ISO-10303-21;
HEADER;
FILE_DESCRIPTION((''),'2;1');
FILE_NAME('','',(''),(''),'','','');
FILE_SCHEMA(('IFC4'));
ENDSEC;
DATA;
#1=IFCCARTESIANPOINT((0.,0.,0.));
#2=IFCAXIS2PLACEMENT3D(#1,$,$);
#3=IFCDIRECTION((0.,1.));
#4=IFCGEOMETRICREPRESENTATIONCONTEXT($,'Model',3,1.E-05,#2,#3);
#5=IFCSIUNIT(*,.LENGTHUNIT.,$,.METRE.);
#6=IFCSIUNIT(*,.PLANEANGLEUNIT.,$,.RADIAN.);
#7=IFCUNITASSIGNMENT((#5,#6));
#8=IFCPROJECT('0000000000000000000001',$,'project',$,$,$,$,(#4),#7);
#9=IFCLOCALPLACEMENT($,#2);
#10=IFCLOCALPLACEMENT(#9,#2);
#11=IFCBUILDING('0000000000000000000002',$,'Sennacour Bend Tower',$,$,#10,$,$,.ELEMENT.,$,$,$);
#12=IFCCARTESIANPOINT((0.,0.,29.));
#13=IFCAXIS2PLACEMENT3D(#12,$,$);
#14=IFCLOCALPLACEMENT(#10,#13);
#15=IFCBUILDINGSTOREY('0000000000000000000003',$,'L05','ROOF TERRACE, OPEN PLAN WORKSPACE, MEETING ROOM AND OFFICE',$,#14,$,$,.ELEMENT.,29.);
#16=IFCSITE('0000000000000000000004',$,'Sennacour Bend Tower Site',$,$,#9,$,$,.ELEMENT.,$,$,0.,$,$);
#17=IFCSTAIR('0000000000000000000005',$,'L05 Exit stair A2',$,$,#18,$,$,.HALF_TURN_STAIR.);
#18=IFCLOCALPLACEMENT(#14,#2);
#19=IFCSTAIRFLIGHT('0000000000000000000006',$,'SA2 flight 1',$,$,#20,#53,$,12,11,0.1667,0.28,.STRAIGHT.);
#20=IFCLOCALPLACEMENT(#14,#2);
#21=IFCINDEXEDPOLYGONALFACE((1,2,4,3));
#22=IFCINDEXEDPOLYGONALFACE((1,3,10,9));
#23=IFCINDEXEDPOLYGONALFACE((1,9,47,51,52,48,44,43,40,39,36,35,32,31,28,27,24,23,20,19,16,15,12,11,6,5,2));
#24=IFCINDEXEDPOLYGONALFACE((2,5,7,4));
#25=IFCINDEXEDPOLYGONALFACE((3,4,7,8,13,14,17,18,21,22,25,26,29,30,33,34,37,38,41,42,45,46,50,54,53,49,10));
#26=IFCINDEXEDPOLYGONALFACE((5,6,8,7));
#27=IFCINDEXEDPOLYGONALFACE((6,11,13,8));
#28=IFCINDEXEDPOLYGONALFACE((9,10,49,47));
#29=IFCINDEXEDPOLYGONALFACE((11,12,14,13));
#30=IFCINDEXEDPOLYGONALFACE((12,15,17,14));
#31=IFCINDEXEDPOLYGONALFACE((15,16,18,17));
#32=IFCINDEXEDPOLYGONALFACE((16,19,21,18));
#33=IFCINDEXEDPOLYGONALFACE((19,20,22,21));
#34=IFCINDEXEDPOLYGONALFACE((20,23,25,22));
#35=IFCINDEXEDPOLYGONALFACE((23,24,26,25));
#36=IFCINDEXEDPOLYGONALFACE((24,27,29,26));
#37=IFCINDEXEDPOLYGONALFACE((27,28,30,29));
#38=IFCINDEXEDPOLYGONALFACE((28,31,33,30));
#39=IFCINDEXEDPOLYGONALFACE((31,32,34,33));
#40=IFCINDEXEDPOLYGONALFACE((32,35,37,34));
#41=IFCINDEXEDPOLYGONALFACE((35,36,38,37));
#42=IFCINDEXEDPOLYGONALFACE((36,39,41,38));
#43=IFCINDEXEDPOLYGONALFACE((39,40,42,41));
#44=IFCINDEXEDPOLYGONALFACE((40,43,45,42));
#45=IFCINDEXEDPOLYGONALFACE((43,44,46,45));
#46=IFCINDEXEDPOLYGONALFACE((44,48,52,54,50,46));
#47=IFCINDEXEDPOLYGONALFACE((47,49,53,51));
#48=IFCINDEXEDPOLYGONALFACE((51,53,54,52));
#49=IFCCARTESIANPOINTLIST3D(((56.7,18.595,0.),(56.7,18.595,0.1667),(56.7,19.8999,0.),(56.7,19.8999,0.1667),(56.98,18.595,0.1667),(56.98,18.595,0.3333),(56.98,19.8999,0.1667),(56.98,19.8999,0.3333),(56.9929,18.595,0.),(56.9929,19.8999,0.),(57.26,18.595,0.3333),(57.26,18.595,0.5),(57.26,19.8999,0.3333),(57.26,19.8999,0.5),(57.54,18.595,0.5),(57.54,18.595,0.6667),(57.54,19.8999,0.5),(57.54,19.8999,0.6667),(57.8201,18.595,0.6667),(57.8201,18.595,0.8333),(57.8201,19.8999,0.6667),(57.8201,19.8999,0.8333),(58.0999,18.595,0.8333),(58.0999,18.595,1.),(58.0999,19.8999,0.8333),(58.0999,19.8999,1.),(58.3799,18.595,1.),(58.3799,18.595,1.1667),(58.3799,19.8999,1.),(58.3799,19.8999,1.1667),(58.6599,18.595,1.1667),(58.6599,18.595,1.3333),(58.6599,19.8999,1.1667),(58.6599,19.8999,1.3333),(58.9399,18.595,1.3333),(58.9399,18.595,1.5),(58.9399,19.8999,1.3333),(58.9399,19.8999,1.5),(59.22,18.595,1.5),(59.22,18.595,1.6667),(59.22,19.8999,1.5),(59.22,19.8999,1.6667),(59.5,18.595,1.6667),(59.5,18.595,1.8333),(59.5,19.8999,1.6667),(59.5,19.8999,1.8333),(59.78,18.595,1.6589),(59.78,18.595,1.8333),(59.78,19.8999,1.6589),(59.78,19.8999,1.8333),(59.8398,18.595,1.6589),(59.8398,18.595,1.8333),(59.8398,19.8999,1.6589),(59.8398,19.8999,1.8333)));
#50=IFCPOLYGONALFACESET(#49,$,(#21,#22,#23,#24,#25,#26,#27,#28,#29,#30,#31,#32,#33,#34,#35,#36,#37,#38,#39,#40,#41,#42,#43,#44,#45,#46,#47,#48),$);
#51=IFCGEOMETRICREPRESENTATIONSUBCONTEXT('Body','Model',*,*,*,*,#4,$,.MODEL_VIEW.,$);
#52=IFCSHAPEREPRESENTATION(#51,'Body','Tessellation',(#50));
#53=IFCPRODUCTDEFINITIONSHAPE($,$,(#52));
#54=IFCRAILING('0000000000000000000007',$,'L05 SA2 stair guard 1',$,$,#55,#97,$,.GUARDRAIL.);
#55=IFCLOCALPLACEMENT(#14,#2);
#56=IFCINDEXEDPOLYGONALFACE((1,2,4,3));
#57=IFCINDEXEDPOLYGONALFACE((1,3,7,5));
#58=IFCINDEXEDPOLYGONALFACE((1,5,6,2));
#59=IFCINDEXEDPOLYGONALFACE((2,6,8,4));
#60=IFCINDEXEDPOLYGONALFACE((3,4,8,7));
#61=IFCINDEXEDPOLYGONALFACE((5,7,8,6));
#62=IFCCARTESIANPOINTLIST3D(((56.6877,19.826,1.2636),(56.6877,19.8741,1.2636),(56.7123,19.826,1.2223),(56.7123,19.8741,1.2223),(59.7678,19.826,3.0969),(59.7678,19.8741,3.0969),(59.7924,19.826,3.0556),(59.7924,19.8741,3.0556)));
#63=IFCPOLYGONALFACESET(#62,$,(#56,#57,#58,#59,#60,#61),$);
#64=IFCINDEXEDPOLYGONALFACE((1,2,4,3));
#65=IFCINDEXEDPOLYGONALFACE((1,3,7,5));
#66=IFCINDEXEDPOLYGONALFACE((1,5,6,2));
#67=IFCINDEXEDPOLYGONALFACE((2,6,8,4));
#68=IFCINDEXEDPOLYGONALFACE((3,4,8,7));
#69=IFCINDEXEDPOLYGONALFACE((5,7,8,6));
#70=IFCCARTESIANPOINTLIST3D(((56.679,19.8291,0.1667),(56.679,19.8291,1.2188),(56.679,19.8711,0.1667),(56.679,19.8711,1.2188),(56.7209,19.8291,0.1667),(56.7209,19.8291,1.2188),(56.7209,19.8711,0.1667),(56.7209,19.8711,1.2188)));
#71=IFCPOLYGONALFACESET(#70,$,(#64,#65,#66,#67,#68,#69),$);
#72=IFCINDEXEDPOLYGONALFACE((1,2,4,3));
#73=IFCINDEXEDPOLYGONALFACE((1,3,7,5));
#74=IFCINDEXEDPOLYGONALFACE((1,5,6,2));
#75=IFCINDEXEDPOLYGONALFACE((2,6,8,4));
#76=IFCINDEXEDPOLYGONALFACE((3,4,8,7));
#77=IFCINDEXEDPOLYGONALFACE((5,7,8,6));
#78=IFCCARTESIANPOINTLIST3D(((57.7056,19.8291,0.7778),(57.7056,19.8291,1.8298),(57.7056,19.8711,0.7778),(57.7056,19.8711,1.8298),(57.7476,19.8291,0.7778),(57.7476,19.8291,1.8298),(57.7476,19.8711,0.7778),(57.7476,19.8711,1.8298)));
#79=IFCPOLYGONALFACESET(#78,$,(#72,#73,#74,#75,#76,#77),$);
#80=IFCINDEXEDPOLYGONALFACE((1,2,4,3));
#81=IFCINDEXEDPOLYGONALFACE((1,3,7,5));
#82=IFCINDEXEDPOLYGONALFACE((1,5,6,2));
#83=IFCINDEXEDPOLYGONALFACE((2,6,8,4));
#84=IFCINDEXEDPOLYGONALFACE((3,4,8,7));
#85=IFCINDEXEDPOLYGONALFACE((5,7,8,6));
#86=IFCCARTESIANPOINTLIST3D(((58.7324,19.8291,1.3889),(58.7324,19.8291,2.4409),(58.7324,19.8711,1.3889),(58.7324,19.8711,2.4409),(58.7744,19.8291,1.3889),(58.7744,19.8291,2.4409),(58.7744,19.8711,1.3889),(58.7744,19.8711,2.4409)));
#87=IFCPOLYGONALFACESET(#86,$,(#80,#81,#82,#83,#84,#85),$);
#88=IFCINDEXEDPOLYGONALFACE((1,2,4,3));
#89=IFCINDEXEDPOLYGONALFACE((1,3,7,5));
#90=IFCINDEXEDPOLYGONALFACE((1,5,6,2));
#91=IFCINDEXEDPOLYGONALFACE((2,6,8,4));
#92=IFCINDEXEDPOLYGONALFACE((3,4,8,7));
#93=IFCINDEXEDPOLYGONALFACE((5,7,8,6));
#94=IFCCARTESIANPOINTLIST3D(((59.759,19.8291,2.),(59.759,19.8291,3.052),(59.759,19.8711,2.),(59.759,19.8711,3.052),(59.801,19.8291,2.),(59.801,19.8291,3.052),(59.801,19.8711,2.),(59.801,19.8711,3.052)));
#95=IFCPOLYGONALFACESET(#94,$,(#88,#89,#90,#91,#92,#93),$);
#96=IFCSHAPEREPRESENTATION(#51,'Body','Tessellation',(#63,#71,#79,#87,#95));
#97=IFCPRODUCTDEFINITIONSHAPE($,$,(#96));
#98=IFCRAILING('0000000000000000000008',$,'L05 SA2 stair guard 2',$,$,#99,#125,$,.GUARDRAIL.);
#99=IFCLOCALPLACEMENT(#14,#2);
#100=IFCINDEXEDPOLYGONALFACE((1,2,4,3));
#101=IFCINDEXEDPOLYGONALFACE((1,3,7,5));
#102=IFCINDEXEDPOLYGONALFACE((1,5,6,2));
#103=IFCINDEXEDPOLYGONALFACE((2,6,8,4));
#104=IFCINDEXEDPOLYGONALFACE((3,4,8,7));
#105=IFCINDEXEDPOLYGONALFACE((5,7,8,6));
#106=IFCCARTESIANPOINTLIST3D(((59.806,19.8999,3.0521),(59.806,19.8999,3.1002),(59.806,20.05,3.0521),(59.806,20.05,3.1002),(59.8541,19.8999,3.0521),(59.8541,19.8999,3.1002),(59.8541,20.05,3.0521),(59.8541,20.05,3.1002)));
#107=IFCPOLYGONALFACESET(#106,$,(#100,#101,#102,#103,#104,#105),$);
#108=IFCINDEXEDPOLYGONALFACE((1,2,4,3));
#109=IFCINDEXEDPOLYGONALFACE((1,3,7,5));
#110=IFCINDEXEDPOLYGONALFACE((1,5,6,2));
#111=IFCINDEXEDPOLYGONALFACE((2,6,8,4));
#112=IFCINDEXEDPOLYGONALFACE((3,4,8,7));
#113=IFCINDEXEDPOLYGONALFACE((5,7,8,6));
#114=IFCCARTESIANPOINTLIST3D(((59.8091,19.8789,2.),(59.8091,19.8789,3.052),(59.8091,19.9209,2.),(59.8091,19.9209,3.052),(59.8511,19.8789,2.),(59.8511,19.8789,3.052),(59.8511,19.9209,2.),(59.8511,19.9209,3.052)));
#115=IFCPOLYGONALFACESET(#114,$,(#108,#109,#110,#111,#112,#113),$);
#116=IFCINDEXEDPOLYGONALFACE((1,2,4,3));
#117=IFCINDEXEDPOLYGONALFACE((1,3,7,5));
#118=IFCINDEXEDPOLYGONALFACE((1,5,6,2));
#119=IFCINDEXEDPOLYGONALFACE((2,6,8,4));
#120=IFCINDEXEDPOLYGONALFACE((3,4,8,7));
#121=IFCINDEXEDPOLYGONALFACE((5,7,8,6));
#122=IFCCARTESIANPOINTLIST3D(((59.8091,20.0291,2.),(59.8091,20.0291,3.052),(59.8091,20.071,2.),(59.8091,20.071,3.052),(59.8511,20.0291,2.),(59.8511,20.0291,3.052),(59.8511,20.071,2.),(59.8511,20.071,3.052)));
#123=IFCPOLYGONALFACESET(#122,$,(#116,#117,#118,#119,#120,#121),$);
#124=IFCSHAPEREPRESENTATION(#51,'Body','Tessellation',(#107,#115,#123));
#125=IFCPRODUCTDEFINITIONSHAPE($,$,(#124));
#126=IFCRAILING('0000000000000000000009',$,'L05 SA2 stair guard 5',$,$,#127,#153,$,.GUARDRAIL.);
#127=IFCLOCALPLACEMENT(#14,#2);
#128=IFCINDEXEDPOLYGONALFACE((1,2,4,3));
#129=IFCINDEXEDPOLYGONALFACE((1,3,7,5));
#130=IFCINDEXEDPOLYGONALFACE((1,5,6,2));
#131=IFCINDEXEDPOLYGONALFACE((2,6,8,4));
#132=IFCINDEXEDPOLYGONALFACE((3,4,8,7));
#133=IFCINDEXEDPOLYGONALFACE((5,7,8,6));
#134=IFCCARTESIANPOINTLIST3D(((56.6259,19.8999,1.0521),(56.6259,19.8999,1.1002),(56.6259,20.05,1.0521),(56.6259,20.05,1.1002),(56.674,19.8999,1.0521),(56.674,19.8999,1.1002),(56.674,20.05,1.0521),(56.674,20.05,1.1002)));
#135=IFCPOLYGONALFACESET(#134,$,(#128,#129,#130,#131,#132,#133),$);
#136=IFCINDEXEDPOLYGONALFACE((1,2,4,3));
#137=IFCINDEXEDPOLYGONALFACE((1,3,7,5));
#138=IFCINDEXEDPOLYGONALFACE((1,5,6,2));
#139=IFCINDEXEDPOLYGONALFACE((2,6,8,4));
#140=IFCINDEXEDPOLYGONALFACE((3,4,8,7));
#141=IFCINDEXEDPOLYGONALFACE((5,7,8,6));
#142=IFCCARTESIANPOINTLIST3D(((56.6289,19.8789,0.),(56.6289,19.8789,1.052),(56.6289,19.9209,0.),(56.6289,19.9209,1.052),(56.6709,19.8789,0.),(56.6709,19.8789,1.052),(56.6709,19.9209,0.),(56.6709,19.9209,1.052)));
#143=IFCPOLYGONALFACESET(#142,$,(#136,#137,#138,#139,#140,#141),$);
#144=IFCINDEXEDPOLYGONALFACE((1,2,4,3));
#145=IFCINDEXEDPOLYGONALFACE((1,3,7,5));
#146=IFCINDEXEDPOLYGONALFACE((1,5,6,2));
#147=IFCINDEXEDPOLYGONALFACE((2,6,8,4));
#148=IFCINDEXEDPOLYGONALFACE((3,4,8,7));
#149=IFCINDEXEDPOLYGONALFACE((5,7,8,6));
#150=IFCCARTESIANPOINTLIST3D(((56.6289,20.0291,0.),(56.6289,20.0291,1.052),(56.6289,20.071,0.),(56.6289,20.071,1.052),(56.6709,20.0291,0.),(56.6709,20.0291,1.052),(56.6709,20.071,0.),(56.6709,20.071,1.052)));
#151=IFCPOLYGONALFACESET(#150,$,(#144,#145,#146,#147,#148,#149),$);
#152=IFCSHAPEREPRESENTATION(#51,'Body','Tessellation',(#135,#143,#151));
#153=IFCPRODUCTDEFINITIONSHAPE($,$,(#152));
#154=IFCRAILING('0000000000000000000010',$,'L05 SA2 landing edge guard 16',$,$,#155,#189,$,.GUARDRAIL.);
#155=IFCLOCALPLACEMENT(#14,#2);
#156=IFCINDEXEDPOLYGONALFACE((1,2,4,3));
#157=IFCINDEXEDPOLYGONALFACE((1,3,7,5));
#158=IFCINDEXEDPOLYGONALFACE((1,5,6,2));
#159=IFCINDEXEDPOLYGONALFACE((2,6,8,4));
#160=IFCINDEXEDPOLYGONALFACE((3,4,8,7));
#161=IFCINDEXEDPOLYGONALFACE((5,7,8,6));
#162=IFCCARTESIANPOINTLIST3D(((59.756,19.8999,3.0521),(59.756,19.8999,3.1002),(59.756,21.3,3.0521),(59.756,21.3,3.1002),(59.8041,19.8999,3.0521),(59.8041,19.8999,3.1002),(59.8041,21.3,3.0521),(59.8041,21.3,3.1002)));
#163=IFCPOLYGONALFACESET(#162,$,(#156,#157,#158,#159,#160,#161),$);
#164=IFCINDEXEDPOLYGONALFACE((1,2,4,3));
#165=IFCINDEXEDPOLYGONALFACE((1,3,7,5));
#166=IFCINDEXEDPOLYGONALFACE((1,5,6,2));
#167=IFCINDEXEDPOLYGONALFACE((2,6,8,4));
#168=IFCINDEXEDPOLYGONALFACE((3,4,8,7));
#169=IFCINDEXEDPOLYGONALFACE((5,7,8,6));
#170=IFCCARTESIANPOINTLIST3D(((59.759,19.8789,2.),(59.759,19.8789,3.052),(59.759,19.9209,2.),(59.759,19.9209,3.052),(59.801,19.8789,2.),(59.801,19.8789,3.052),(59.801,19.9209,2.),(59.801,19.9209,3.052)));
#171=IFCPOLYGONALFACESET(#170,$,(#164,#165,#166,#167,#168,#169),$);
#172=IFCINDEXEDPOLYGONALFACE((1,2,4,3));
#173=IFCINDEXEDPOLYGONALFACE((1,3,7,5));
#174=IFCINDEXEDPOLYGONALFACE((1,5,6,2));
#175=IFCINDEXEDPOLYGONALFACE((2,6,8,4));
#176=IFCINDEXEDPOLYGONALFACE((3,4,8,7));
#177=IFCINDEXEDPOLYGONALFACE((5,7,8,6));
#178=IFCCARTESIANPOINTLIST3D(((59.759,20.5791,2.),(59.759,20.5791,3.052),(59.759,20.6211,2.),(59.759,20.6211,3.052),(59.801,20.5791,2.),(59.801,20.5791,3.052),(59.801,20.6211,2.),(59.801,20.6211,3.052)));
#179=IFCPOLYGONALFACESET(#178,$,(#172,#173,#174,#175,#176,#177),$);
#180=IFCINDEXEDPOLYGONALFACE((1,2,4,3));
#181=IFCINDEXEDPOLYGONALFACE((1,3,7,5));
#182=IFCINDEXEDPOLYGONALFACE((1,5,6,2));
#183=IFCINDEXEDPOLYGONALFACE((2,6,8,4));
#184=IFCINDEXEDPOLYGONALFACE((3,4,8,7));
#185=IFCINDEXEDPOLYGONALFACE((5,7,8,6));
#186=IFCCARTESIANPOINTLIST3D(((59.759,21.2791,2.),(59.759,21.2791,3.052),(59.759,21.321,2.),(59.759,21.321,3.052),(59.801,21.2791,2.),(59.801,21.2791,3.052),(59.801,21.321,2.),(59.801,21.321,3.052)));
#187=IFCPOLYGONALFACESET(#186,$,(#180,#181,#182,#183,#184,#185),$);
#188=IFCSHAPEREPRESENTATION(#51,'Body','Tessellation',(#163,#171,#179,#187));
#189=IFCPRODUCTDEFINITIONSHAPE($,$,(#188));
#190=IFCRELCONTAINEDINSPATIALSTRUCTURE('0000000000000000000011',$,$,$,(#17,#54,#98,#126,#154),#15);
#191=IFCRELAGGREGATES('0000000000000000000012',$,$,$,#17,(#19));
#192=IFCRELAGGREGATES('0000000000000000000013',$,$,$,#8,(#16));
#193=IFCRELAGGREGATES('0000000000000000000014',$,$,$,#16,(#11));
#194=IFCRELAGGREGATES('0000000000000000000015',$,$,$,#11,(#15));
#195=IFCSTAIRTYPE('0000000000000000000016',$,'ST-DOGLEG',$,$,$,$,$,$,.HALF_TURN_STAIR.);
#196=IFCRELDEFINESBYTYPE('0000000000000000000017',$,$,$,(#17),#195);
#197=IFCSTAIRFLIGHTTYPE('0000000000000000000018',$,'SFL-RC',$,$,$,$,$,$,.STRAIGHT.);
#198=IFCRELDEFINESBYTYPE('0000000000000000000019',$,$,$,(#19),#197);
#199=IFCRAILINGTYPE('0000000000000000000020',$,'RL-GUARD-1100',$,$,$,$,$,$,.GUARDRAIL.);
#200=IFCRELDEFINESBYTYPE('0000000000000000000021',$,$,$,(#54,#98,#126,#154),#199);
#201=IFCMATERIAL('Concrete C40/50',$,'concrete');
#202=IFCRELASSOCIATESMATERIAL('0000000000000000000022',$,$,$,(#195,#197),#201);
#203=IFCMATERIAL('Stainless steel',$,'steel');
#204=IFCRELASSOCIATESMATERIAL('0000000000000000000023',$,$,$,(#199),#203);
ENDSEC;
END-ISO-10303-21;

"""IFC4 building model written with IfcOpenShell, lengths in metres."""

from ifc_helpers import new_model, si_unit, direction, frame, origin, origin_2d, place, context, subcontext, project, spatial, polyline, rectangle, outline, extrude, material, type_object, element, aggregate, save


model = new_model("IFC4")

# Units and contexts
model_context = context("Model", 3, precision=1e-05, world=origin(), true_north=direction((0.0, 1.0)))
body_context = subcontext(model_context, "Body", "Model", "MODEL_VIEW")
ifc_project = project(units=[si_unit("LENGTHUNIT", "METRE"), si_unit("PLANEANGLEUNIT", "RADIAN")], contexts=[model_context])

# Site, building, storey
site_placement = place(None, origin())
site = spatial("IfcSite", under=ifc_project, at=site_placement, Name="Sennacour Bend Tower Site", CompositionType="ELEMENT", RefElevation=0.0)
building_placement = place(site_placement, origin())
building = spatial("IfcBuilding", under=site, at=building_placement, Name="Sennacour Bend Tower", CompositionType="ELEMENT")
storey_placement = place(building_placement, frame((0.0, 0.0, 29.0)))
storey = spatial("IfcBuildingStorey", under=building, at=storey_placement, Name="L05", Description="ROOF TERRACE, OPEN PLAN WORKSPACE, MEETING ROOM AND OFFICE", CompositionType="ELEMENT", Elevation=29.0)

# Shared definitions
ifc_material_1 = material(Name="Stainless steel", Category="steel")

# Stair, stair flight
ifc_material_2 = material(Name="Concrete C40/50", Category="concrete")
stair_type = type_object("IfcStairType", Name="ST-DOGLEG", PredefinedType="HALF_TURN_STAIR", material=ifc_material_2)
stair_placement = place(storey_placement, origin())
stair = element("IfcStair", 1, at=stair_placement, inside=storey, type_object=stair_type, Name="L05 Exit stair A2", PredefinedType="HALF_TURN_STAIR")
stair_flight_type = type_object("IfcStairFlightType", Name="SFL-RC", PredefinedType="STRAIGHT", material=ifc_material_2)
stair_flight_placement = place(storey_placement, frame((56.7, 19.2476, 0.0), z_axis=(0.0, 0.0, 1.0), x_axis=(1.0, 0.0, 0.0)))
stair_flight = element("IfcStairFlight", 2, at=stair_flight_placement, type_object=stair_flight_type, Name="SA2 flight 1", NumberOfRisers=12, NumberOfTreads=11, PredefinedType="STRAIGHT", RiserHeight=0.1667, TreadLength=0.28, context=body_context, shape_type="SweptSolid", body=[
    extrude(outline(polyline([(0.0, 0.0), (0.0, 0.1667), (0.28, 0.1667), (0.28, 0.3333), (0.5601, 0.3333), (0.5601, 0.5), (0.8401, 0.5), (0.8401, 0.6667), (1.1201, 0.6667), (1.1201, 0.8333), (1.3999, 0.8333), (1.3999, 1.0), (1.6799, 1.0), (1.6799, 1.1667), (1.96, 1.1667), (1.96, 1.3333), (2.24, 1.3333), (2.24, 1.5), (2.52, 1.5), (2.52, 1.6667), (2.8, 1.6667), (2.8, 1.8333), (3.0801, 1.8333), (3.1399, 1.8333), (3.1399, 1.6589), (3.0801, 1.6589), (0.293, 0.0), (0.0, 0.0)])), frame((0.0, 0.6523, 0.0), z_axis=(0.0, -1.0, 0.0), x_axis=(1.0, 0.0, 0.0)), (0.0, 0.0, 1.0), 1.3049),
])
aggregate(stair, [stair_flight])

# Railings
railing_type_1 = type_object("IfcRailingType", Name="RL-GUARD-1100", PredefinedType="GUARDRAIL", material=ifc_material_1)
railing_1_placement = place(storey_placement, frame((56.7, 19.8501, 0.1667)))
element("IfcRailing", 3, at=railing_1_placement, inside=storey, type_object=railing_type_1, Name="L05 SA2 stair guard 1", PredefinedType="GUARDRAIL", context=body_context, shape_type="SweptSolid", body=[
    extrude(rectangle(XDim=0.0481, YDim=0.0481, at=origin_2d()), frame((0.0, 0.0, 1.0762), z_axis=(0.859309, 0.0, 0.511458), x_axis=(0.0, 1.0, 0.0)), (0.0, 0.0, 1.0), 3.5845),
    extrude(rectangle(XDim=0.042, YDim=0.042, at=origin_2d()), origin(), (0.0, 0.0, 1.0), 1.052),
    extrude(rectangle(XDim=0.042, YDim=0.042, at=origin_2d()), frame((1.0266, 0.0, 0.6111)), (0.0, 0.0, 1.0), 1.052),
    extrude(rectangle(XDim=0.042, YDim=0.042, at=origin_2d()), frame((2.0535, 0.0, 1.2222)), (0.0, 0.0, 1.0), 1.052),
    extrude(rectangle(XDim=0.042, YDim=0.042, at=origin_2d()), frame((3.0801, 0.0, 1.8333)), (0.0, 0.0, 1.0), 1.052),
])
for number, where, name in (
    (4, (59.8301, 19.8999, 2.0), "L05 SA2 stair guard 2"),
    (5, (56.6499, 19.8999, 0.0), "L05 SA2 stair guard 5"),
):
    element("IfcRailing", number, at=place(storey_placement, frame(where)), inside=storey, type_object=railing_type_1, Name=name, PredefinedType="GUARDRAIL", context=body_context, shape_type="SweptSolid", body=[
        extrude(rectangle(XDim=0.0481, YDim=0.0481, at=origin_2d()), frame((0.0, 0.0, 1.0762), z_axis=(0.0, 1.0, 0.0), x_axis=(-1.0, 0.0, 0.0)), (0.0, 0.0, 1.0), 0.1501),
        extrude(rectangle(XDim=0.042, YDim=0.042, at=origin_2d()), origin(), (0.0, 0.0, 1.0), 1.052),
        extrude(rectangle(XDim=0.042, YDim=0.042, at=origin_2d()), frame((0.0, 0.1501, 0.0)), (0.0, 0.0, 1.0), 1.052),
    ])
railing_2_placement = place(storey_placement, frame((59.78, 19.8999, 2.0)))
element("IfcRailing", 6, at=railing_2_placement, inside=storey, type_object=railing_type_1, Name="L05 SA2 landing edge guard 16", PredefinedType="GUARDRAIL", context=body_context, shape_type="SweptSolid", body=[
    extrude(rectangle(XDim=0.0481, YDim=0.0481, at=origin_2d()), frame((0.0, 0.0, 1.0762), z_axis=(0.0, 1.0, 0.0), x_axis=(-1.0, 0.0, 0.0)), (0.0, 0.0, 1.0), 1.4001),
    extrude(rectangle(XDim=0.042, YDim=0.042, at=origin_2d()), origin(), (0.0, 0.0, 1.0), 1.052),
    extrude(rectangle(XDim=0.042, YDim=0.042, at=origin_2d()), frame((0.0, 0.7002, 0.0)), (0.0, 0.0, 1.0), 1.052),
    extrude(rectangle(XDim=0.042, YDim=0.042, at=origin_2d()), frame((0.0, 1.4001, 0.0)), (0.0, 0.0, 1.0), 1.052),
])

save(model, "model.ifc")
